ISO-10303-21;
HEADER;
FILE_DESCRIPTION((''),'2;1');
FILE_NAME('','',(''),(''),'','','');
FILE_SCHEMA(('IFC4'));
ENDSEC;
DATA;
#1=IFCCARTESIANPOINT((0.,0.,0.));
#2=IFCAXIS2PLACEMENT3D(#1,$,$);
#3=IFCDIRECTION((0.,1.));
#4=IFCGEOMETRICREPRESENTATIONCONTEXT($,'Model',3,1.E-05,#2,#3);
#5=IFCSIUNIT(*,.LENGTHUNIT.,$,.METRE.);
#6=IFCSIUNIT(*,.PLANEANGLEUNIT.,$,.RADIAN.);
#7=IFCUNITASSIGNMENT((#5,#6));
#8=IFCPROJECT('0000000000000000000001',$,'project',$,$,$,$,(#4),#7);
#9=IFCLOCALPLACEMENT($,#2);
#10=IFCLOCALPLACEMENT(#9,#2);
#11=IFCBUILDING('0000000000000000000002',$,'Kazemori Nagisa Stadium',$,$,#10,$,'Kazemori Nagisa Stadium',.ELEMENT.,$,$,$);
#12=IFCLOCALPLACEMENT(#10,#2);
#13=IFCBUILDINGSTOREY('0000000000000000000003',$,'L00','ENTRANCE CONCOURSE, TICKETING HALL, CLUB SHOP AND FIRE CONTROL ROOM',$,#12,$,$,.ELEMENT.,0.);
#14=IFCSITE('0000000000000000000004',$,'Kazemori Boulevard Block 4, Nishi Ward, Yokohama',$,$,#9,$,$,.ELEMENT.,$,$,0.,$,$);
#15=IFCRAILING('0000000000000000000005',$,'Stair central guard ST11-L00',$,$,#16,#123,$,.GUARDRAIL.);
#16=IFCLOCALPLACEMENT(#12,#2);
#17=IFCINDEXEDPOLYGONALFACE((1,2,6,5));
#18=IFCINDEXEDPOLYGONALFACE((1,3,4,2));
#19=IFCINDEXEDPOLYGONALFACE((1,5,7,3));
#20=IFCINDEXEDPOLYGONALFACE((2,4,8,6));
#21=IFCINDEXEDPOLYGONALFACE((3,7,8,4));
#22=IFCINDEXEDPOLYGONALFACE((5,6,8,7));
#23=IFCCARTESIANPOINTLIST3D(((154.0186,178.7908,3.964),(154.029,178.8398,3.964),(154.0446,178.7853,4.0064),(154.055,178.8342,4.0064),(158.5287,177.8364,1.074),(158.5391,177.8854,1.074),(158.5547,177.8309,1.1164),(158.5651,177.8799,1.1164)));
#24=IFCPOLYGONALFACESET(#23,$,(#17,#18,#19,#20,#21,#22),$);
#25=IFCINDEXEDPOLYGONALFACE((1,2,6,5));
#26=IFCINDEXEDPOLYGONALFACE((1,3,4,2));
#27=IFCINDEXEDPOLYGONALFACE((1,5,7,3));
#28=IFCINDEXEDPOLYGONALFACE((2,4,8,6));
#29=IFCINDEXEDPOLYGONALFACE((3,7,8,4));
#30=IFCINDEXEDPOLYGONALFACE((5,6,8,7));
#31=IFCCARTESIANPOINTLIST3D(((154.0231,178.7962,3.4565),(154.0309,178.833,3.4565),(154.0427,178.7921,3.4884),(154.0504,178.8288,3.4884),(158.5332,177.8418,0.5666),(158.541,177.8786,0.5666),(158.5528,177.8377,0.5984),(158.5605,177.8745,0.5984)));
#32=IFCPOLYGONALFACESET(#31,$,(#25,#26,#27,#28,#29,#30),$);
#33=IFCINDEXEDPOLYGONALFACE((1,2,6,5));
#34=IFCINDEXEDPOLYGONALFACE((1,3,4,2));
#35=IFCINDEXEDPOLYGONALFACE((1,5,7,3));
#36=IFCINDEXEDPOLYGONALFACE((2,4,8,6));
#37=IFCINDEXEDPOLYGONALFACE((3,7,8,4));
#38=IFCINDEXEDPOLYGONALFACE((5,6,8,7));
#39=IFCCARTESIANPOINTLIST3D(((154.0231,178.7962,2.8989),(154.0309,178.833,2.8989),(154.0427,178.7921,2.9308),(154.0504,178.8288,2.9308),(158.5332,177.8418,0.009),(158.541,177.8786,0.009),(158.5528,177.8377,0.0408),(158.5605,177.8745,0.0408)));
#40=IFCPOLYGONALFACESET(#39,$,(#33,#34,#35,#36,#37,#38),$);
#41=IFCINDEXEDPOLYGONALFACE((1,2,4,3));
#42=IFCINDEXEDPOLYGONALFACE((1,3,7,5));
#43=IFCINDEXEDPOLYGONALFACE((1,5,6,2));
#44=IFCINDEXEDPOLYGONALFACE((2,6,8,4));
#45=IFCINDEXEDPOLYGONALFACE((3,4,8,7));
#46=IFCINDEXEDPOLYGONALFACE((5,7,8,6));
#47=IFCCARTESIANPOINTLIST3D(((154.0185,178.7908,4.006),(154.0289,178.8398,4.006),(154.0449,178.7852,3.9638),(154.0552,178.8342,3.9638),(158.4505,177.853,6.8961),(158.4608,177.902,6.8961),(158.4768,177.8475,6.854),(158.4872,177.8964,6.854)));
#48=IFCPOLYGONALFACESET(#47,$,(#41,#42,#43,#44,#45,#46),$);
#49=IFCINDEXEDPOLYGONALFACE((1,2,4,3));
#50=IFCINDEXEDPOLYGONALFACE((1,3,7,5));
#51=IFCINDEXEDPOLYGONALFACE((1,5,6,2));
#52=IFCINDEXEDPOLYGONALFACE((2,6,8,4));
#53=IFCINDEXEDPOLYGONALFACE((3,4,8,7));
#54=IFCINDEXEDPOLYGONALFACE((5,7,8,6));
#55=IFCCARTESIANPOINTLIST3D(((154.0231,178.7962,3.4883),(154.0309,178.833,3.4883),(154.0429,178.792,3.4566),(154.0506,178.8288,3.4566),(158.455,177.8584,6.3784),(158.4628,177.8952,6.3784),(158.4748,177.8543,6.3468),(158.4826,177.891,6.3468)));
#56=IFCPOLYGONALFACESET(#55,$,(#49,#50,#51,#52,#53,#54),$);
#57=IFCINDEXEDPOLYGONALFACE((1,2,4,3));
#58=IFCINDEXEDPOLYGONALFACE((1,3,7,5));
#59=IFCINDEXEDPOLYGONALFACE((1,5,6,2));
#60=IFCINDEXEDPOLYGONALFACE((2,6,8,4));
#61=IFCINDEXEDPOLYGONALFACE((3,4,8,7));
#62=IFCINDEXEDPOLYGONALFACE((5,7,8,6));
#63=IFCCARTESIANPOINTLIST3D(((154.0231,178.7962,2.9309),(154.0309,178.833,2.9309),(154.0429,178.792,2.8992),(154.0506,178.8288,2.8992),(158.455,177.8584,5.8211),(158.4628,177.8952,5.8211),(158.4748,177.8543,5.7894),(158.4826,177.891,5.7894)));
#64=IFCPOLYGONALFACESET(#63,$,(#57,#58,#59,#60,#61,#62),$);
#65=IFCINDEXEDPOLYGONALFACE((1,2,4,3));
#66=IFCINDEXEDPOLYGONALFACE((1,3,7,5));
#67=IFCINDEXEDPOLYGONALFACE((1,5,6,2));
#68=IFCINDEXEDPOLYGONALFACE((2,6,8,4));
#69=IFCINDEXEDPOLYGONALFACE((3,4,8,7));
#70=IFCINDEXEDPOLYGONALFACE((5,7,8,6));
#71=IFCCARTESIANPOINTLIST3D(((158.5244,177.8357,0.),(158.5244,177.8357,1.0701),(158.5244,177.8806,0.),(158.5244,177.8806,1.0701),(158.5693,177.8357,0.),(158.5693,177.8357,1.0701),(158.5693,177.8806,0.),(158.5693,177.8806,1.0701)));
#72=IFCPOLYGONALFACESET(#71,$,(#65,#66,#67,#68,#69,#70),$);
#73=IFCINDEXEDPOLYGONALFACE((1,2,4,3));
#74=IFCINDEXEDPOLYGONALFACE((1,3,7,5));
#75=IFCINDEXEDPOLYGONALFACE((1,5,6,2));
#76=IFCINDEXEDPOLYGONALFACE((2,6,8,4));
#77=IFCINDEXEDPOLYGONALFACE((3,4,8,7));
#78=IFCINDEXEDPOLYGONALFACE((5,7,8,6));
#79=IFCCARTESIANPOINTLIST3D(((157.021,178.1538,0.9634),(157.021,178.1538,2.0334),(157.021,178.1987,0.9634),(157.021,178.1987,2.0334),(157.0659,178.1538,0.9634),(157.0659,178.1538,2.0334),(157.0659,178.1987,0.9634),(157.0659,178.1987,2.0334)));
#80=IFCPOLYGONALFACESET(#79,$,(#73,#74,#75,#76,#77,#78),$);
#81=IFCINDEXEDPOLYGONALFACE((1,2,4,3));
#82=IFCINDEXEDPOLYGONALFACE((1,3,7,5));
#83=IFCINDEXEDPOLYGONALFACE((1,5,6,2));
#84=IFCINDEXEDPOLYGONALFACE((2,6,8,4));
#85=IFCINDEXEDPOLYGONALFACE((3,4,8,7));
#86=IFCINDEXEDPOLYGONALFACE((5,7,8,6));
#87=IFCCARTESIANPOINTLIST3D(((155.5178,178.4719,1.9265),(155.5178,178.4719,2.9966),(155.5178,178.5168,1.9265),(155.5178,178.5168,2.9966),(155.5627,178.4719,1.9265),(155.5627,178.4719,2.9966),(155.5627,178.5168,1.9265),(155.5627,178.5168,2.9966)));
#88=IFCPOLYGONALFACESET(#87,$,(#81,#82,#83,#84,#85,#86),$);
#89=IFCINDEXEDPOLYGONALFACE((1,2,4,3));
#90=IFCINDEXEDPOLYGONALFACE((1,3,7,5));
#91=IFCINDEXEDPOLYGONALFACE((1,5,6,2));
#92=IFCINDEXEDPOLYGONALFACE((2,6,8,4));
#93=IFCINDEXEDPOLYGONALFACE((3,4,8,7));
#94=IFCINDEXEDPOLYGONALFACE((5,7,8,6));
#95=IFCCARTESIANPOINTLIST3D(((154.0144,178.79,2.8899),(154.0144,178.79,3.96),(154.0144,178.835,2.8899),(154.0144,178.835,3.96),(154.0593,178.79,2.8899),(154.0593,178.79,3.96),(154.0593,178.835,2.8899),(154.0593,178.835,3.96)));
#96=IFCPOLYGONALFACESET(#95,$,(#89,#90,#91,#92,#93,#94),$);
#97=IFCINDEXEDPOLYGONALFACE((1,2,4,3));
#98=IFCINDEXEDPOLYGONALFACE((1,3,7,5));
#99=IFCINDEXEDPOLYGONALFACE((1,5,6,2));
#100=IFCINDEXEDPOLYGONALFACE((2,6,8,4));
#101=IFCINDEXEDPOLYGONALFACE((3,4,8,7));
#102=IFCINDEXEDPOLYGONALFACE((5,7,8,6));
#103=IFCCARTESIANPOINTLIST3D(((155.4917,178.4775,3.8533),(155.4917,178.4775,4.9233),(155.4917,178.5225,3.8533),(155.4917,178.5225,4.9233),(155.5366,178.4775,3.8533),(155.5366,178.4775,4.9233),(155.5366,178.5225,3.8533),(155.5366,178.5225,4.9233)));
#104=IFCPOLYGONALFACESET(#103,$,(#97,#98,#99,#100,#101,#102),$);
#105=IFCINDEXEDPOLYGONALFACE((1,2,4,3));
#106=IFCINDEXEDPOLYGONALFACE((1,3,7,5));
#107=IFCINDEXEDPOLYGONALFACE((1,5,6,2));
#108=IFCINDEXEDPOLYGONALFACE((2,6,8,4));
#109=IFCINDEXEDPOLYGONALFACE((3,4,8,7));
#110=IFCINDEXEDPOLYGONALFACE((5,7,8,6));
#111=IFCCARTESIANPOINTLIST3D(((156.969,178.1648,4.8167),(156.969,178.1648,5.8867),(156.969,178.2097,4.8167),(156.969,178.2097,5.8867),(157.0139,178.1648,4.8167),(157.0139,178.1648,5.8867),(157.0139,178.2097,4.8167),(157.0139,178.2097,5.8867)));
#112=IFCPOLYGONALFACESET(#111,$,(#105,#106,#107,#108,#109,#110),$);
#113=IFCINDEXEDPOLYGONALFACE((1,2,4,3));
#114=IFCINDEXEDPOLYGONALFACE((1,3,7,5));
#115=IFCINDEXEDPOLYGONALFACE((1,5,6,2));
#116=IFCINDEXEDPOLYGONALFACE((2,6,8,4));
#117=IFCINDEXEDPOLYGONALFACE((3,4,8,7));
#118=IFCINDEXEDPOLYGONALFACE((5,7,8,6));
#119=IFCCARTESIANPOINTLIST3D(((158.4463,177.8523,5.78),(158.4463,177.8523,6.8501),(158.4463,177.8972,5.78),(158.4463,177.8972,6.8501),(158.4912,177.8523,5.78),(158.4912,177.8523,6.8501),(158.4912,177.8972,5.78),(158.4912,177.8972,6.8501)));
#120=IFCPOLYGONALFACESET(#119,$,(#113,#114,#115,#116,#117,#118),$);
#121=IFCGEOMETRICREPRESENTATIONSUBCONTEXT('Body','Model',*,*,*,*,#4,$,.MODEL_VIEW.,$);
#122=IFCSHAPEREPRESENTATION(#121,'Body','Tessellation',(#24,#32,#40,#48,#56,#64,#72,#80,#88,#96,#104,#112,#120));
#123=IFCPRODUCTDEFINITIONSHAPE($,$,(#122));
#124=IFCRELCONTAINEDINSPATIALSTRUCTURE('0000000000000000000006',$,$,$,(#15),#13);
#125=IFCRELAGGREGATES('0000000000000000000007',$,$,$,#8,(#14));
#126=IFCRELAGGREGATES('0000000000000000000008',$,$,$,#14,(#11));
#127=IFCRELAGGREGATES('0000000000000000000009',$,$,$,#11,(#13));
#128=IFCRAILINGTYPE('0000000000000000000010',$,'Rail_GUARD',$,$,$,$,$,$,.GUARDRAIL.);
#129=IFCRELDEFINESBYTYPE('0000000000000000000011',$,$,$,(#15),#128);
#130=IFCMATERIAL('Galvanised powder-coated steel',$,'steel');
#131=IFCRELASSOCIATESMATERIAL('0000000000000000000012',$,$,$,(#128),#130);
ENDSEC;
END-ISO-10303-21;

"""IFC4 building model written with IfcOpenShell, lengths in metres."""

from ifc_helpers import new_model, si_unit, direction, frame, origin, origin_2d, place, context, subcontext, project, spatial, rectangle, extrude, material, type_object, element, save


model = new_model("IFC4")

# Units and contexts
model_context = context("Model", 3, precision=1e-05, world=origin(), true_north=direction((0.0, 1.0)))
body_context = subcontext(model_context, "Body", "Model", "MODEL_VIEW")
ifc_project = project(units=[si_unit("LENGTHUNIT", "METRE"), si_unit("PLANEANGLEUNIT", "RADIAN")], contexts=[model_context])

# Site, building, storey
site_placement = place(None, origin())
site = spatial("IfcSite", under=ifc_project, at=site_placement, Name="Kazemori Boulevard Block 4, Nishi Ward, Yokohama", CompositionType="ELEMENT", RefElevation=0.0)
building_placement = place(site_placement, origin())
building = spatial("IfcBuilding", under=site, at=building_placement, Name="Kazemori Nagisa Stadium", LongName="Kazemori Nagisa Stadium", CompositionType="ELEMENT")
storey_placement = place(building_placement, origin())
storey = spatial("IfcBuildingStorey", under=building, at=storey_placement, Name="L00", Description="ENTRANCE CONCOURSE, TICKETING HALL, CLUB SHOP AND FIRE CONTROL ROOM", CompositionType="ELEMENT", Elevation=0.0)

# Railing
ifc_material_1 = material(Name="Galvanised powder-coated steel", Category="steel")
railing_type_1 = type_object("IfcRailingType", Name="Rail_GUARD", PredefinedType="GUARDRAIL", material=ifc_material_1)
railing_1_placement = place(storey_placement, frame((158.5469, 177.8582, 0.0)))
element("IfcRailing", 1, at=railing_1_placement, inside=storey, type_object=railing_type_1, Name="Stair central guard ST11-L00", PredefinedType="GUARDRAIL", context=body_context, shape_type="SweptSolid", body=[
    extrude(rectangle(XDim=0.05, YDim=0.05, at=origin_2d()), frame((0.0, 0.0, 1.0952), z_axis=(-0.828922, 0.175405, 0.531151), x_axis=(-0.207022, -0.978336, 0.0)), (0.0, 0.0, 1.0), 5.4409),
    extrude(rectangle(XDim=0.0376, YDim=0.0376, at=origin_2d()), frame((0.0, 0.0, 0.5825), z_axis=(-0.828922, 0.175405, 0.531151), x_axis=(-0.207022, -0.978336, 0.0)), (0.0, 0.0, 1.0), 5.4409),
    extrude(rectangle(XDim=0.0376, YDim=0.0376, at=origin_2d()), frame((0.0, 0.0, 0.0249), z_axis=(-0.828922, 0.175405, 0.531151), x_axis=(-0.207022, -0.978336, 0.0)), (0.0, 0.0, 1.0), 5.4409),
    extrude(rectangle(XDim=0.05, YDim=0.05, at=origin_2d()), frame((-4.51, 0.9543, 3.9849), z_axis=(0.824776, -0.174515, 0.537856), x_axis=(0.207007, 0.978339, 0.0)), (0.0, 0.0, 1.0), 5.3735),
    extrude(rectangle(XDim=0.0376, YDim=0.0376, at=origin_2d()), frame((-4.51, 0.9543, 3.4724), z_axis=(0.824776, -0.174515, 0.537856), x_axis=(0.207007, 0.978339, 0.0)), (0.0, 0.0, 1.0), 5.3735),
    extrude(rectangle(XDim=0.0376, YDim=0.0376, at=origin_2d()), frame((-4.51, 0.9543, 2.915), z_axis=(0.824776, -0.174515, 0.537856), x_axis=(0.207007, 0.978339, 0.0)), (0.0, 0.0, 1.0), 5.3735),
    extrude(rectangle(XDim=0.0449, YDim=0.0449, at=origin_2d()), origin(), (0.0, 0.0, 1.0), 1.0701),
    extrude(rectangle(XDim=0.0449, YDim=0.0449, at=origin_2d()), frame((-1.5034, 0.3181, 0.9634)), (0.0, 0.0, 1.0), 1.0701),
    extrude(rectangle(XDim=0.0449, YDim=0.0449, at=origin_2d()), frame((-3.0066, 0.6362, 1.9265)), (0.0, 0.0, 1.0), 1.0701),
    extrude(rectangle(XDim=0.0449, YDim=0.0449, at=origin_2d()), frame((-4.51, 0.9543, 2.8899)), (0.0, 0.0, 1.0), 1.0701),
    extrude(rectangle(XDim=0.0449, YDim=0.0449, at=origin_2d()), frame((-3.0327, 0.6418, 3.8533)), (0.0, 0.0, 1.0), 1.0701),
    extrude(rectangle(XDim=0.0449, YDim=0.0449, at=origin_2d()), frame((-1.5554, 0.3291, 4.8167)), (0.0, 0.0, 1.0), 1.0701),
    extrude(rectangle(XDim=0.0449, YDim=0.0449, at=origin_2d()), frame((-0.0781, 0.0166, 5.78)), (0.0, 0.0, 1.0), 1.0701),
])

save(model, "model.ifc")
